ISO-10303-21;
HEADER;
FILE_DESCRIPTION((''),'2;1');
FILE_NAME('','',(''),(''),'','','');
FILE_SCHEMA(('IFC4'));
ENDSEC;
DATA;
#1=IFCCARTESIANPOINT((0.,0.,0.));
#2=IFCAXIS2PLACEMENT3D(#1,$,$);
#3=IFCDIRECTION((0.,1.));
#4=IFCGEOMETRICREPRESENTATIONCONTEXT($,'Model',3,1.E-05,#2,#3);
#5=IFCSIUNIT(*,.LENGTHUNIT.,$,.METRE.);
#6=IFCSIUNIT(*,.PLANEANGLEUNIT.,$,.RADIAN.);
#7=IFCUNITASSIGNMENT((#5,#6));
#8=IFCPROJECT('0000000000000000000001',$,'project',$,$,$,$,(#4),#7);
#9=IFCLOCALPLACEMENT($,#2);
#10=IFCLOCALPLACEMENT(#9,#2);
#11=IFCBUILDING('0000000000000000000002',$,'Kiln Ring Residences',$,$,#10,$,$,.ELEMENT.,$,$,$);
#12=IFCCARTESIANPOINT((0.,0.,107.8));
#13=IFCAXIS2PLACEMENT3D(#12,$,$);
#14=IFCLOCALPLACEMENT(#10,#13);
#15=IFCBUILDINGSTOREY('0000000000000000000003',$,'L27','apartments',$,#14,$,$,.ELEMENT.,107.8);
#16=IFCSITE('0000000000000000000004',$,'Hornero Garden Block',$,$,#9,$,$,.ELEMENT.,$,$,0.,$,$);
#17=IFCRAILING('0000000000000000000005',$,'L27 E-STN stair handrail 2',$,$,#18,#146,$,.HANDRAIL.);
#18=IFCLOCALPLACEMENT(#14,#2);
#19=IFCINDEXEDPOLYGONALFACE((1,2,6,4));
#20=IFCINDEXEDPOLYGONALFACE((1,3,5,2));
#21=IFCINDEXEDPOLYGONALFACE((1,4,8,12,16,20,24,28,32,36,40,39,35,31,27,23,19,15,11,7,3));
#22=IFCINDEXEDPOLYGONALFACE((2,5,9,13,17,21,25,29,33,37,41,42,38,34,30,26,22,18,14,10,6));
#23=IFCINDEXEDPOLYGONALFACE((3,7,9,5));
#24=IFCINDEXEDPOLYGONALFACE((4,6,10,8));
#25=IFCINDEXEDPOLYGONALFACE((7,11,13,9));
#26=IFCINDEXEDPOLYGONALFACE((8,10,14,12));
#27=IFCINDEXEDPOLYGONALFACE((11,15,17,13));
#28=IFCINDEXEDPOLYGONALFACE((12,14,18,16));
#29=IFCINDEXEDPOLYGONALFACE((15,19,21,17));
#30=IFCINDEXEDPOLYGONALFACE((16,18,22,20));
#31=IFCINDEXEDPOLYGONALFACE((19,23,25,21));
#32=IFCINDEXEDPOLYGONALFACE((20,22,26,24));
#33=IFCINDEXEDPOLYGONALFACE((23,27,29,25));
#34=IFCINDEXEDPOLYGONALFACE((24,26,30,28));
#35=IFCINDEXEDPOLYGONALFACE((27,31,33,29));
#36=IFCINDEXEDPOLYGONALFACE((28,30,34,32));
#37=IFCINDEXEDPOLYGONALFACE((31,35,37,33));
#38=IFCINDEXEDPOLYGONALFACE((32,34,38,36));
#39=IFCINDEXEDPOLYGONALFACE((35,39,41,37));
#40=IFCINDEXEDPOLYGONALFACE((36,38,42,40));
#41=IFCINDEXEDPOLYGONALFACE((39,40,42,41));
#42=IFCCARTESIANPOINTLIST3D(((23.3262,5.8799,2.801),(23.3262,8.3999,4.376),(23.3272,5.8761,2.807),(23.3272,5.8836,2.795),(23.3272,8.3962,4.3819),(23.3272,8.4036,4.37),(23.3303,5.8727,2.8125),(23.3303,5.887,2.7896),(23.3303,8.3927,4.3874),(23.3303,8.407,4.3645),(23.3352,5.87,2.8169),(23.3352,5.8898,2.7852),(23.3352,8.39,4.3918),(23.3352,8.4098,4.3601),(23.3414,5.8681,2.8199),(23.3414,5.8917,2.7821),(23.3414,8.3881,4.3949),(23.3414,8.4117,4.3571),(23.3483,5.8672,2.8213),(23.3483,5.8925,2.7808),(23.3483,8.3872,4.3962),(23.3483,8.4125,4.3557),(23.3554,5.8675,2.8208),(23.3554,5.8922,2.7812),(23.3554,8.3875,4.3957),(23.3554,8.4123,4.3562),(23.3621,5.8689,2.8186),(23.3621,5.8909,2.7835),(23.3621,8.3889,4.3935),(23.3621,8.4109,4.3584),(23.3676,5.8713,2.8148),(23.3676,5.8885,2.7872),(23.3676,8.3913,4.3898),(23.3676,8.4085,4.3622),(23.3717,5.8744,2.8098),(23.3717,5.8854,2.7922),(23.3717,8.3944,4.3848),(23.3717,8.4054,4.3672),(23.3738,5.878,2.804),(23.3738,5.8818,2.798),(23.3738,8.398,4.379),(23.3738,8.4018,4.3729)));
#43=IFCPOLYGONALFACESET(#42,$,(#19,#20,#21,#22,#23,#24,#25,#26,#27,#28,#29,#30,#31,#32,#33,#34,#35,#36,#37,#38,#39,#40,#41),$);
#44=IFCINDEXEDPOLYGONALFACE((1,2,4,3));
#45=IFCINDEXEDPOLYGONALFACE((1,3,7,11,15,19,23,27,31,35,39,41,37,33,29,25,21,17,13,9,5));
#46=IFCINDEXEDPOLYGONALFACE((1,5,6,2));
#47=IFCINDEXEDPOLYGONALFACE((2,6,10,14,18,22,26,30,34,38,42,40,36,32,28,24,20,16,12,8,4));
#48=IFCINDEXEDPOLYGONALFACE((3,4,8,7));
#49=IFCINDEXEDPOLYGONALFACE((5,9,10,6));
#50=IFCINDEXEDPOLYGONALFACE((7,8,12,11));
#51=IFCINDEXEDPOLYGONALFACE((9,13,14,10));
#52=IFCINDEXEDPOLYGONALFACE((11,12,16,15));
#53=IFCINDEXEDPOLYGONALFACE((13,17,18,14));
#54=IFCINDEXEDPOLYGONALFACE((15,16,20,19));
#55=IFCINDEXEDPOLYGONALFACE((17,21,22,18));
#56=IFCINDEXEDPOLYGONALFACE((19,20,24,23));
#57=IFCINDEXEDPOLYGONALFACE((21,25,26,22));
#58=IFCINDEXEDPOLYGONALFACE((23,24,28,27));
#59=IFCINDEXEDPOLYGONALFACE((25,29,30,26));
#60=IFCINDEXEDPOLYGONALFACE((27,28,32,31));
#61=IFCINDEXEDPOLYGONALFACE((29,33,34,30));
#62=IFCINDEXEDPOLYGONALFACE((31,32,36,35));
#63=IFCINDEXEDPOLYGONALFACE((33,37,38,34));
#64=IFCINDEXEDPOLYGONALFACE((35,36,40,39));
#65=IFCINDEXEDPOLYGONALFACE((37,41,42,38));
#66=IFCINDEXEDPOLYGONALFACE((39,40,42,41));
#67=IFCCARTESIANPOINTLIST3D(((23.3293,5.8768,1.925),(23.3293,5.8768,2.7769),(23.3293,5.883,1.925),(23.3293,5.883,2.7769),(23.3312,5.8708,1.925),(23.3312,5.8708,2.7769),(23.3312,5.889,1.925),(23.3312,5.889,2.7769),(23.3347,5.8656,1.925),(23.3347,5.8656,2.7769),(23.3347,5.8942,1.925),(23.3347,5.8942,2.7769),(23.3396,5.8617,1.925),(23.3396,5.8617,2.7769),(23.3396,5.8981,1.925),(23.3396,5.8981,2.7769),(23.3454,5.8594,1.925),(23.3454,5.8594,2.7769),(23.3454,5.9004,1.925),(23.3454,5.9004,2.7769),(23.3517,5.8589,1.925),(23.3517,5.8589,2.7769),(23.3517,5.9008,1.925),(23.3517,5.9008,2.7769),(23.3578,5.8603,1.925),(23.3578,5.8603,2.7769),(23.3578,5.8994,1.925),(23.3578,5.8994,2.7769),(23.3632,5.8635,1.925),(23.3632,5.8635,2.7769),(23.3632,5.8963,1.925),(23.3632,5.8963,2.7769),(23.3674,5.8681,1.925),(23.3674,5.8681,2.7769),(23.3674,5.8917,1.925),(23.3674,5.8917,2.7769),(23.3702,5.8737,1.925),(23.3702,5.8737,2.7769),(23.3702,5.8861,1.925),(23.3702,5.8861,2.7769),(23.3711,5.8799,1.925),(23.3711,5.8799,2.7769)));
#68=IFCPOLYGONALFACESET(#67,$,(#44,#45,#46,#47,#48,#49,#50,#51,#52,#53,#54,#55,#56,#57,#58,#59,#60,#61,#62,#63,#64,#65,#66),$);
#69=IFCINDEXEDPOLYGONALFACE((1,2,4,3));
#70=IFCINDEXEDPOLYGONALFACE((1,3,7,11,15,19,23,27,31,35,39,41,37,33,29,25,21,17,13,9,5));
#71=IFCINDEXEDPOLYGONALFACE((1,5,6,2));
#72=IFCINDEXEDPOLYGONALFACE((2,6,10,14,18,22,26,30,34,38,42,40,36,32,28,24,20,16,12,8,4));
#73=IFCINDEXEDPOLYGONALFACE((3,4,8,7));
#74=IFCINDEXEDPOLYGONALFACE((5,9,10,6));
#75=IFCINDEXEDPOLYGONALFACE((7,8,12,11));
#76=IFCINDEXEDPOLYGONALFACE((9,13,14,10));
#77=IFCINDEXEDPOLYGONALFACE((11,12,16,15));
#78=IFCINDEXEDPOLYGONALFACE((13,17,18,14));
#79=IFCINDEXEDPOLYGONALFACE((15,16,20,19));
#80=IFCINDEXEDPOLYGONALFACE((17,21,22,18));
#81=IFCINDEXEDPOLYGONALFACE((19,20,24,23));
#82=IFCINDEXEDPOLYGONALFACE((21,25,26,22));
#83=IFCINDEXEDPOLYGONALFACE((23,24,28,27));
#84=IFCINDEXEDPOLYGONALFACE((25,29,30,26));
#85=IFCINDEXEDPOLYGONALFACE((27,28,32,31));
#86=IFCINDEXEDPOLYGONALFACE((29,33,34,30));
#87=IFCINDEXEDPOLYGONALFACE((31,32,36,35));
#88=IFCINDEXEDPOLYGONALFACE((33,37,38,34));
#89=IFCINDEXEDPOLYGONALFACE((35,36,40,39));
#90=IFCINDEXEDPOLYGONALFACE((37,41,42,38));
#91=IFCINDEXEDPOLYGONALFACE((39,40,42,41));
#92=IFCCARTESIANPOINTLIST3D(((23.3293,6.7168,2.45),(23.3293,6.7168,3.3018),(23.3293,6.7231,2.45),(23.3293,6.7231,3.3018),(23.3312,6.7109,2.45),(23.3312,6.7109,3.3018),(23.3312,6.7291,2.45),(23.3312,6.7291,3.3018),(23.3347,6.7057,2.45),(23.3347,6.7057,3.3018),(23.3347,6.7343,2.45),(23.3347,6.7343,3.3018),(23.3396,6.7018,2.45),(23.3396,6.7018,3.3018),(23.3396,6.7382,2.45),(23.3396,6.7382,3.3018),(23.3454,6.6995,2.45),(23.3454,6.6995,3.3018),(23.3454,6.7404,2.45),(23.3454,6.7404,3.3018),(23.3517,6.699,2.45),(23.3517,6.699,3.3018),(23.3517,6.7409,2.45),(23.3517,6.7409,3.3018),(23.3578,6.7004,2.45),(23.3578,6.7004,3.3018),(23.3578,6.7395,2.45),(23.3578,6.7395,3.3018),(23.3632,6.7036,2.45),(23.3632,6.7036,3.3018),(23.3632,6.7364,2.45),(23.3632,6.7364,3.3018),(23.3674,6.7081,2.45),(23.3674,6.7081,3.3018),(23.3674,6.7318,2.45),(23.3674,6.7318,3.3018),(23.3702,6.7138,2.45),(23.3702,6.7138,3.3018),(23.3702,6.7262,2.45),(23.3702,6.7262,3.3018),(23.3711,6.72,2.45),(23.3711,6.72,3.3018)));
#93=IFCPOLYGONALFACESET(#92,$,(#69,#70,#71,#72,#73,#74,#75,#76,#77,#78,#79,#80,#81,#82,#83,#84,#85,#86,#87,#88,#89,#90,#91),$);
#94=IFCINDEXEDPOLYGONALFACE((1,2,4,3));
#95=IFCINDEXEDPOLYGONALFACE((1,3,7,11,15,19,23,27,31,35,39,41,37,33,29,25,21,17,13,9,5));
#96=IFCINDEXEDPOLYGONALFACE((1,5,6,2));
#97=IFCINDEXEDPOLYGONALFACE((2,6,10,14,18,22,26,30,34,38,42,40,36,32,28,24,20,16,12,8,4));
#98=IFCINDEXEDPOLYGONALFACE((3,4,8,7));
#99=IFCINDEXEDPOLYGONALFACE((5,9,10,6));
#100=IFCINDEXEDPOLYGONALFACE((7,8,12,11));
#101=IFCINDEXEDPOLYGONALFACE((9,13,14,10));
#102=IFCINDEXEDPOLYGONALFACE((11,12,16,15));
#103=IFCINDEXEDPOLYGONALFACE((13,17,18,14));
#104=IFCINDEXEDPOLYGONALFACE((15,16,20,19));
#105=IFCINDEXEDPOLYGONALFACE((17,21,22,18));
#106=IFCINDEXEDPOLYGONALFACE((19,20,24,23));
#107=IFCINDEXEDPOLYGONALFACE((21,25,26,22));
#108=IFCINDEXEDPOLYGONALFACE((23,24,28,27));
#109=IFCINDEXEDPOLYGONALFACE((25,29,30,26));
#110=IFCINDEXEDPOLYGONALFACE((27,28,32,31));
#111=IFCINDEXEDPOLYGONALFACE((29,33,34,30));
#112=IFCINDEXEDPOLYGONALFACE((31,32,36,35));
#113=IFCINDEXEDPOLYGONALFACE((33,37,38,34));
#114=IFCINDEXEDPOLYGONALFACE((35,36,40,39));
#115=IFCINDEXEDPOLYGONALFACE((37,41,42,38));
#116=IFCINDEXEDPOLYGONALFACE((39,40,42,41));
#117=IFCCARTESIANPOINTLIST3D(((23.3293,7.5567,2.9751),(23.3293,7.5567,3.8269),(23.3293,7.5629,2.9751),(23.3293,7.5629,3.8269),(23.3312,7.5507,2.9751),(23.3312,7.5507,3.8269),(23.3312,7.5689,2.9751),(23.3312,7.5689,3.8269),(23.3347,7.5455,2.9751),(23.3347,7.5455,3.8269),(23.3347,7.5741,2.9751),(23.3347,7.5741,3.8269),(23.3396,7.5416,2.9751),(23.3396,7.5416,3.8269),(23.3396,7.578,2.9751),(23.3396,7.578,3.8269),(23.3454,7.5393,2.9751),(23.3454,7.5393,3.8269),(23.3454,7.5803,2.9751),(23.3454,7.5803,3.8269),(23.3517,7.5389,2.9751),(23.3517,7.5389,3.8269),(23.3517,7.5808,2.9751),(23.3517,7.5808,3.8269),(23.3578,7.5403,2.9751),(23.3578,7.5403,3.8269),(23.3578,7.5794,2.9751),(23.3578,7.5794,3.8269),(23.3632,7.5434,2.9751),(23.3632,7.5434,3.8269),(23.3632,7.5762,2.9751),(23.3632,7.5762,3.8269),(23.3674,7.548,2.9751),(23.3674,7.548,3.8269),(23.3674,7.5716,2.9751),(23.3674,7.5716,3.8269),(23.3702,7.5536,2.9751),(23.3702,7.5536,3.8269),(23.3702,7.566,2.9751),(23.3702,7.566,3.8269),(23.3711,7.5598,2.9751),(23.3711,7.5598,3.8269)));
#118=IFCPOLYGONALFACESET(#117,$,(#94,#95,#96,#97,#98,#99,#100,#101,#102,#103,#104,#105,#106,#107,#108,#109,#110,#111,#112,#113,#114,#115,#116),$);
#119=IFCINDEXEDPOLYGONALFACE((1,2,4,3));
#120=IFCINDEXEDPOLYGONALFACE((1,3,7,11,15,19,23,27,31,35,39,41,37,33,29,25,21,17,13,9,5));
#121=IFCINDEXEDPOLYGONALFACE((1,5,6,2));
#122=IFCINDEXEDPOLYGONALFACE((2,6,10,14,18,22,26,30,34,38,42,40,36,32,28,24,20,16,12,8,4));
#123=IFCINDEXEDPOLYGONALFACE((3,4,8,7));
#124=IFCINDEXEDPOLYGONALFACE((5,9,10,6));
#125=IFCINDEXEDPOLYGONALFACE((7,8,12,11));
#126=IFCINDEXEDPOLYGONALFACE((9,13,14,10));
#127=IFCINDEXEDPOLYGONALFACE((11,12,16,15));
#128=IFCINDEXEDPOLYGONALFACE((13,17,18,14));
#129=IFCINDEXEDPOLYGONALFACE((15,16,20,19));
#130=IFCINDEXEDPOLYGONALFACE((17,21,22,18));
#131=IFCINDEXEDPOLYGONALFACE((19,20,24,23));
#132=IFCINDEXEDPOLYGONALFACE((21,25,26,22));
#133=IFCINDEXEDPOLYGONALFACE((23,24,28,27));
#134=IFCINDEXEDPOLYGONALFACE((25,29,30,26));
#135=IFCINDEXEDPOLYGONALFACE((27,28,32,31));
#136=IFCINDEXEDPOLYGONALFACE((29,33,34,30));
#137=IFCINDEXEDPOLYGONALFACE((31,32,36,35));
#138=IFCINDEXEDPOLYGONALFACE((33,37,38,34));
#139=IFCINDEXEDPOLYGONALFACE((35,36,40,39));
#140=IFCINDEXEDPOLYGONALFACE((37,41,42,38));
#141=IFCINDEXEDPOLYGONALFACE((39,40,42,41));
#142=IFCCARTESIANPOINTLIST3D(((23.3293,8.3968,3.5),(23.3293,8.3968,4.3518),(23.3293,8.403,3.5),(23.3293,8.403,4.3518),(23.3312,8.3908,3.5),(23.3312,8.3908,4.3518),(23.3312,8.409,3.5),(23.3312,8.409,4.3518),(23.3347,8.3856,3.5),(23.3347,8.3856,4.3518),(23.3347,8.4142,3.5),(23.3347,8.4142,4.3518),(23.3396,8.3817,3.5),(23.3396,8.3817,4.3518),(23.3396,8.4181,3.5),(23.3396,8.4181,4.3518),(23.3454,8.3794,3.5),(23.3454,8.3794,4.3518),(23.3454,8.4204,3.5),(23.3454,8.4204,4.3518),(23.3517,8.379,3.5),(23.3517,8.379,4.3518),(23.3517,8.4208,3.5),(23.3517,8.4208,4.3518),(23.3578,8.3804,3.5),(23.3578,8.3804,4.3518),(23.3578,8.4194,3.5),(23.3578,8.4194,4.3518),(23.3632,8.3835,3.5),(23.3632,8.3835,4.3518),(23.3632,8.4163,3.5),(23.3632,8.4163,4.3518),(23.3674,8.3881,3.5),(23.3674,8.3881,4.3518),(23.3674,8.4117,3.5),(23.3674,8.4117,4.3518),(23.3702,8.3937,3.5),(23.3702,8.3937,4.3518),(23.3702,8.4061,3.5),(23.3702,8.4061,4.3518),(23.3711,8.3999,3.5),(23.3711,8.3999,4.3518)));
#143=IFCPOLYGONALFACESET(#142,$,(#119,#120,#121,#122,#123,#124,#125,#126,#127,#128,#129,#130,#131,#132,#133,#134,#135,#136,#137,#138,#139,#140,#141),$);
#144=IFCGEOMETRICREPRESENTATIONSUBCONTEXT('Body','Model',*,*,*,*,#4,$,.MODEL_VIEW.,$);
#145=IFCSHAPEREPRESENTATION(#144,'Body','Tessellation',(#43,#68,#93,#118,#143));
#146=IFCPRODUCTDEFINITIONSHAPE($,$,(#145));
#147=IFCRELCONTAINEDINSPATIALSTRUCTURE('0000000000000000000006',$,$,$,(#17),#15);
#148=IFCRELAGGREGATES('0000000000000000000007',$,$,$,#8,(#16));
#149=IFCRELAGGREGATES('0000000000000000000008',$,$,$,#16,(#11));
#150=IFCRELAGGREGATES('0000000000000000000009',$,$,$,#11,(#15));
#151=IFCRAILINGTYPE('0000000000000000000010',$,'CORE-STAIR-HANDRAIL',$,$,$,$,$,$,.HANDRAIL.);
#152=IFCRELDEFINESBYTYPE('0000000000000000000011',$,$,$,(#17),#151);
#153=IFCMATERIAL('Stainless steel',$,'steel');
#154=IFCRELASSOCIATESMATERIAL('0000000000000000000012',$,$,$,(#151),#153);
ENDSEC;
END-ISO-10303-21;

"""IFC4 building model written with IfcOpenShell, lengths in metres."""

from ifc_helpers import new_model, si_unit, direction, frame, origin, origin_2d, place, context, subcontext, project, spatial, circle, extrude, material, type_object, element, save


model = new_model("IFC4")

# Units and contexts
model_context = context("Model", 3, precision=1e-05, world=origin(), true_north=direction((0.0, 1.0)))
body_context = subcontext(model_context, "Body", "Model", "MODEL_VIEW")
ifc_project = project(units=[si_unit("LENGTHUNIT", "METRE"), si_unit("PLANEANGLEUNIT", "RADIAN")], contexts=[model_context])

# Site, building, storey
site_placement = place(None, origin())
site = spatial("IfcSite", under=ifc_project, at=site_placement, Name="Hornero Garden Block", CompositionType="ELEMENT", RefElevation=0.0)
building_placement = place(site_placement, origin())
building = spatial("IfcBuilding", under=site, at=building_placement, Name="Kiln Ring Residences", CompositionType="ELEMENT")
storey_placement = place(building_placement, frame((0.0, 0.0, 107.8)))
storey = spatial("IfcBuildingStorey", under=building, at=storey_placement, Name="L27", Description="apartments", CompositionType="ELEMENT", Elevation=107.8)

# Railing
ifc_material_1 = material(Name="Stainless steel", Category="steel")
railing_type_1 = type_object("IfcRailingType", Name="CORE-STAIR-HANDRAIL", PredefinedType="HANDRAIL", material=ifc_material_1)
railing_1_placement = place(storey_placement, frame((23.3501, 5.8799, 1.925)))
element("IfcRailing", 1, at=railing_1_placement, inside=storey, type_object=railing_type_1, Name="L27 E-STN stair handrail 2", PredefinedType="HANDRAIL", context=body_context, shape_type="SweptSolid", body=[
    extrude(circle(Radius=0.0239, at=origin_2d()), frame((0.0, 0.0, 0.876), z_axis=(0.0, 0.848008, 0.529984), x_axis=(-1.0, 0.0, 0.0)), (0.0, 0.0, 1.0), 2.9717),
    extrude(circle(Radius=0.021, at=origin_2d()), origin(), (0.0, 0.0, 1.0), 0.8518),
    extrude(circle(Radius=0.021, at=origin_2d()), frame((0.0, 0.8401, 0.5249)), (0.0, 0.0, 1.0), 0.8518),
    extrude(circle(Radius=0.021, at=origin_2d()), frame((0.0, 1.6799, 1.05)), (0.0, 0.0, 1.0), 0.8518),
    extrude(circle(Radius=0.021, at=origin_2d()), frame((0.0, 2.52, 1.575)), (0.0, 0.0, 1.0), 0.8518),
])

save(model, "model.ifc")
